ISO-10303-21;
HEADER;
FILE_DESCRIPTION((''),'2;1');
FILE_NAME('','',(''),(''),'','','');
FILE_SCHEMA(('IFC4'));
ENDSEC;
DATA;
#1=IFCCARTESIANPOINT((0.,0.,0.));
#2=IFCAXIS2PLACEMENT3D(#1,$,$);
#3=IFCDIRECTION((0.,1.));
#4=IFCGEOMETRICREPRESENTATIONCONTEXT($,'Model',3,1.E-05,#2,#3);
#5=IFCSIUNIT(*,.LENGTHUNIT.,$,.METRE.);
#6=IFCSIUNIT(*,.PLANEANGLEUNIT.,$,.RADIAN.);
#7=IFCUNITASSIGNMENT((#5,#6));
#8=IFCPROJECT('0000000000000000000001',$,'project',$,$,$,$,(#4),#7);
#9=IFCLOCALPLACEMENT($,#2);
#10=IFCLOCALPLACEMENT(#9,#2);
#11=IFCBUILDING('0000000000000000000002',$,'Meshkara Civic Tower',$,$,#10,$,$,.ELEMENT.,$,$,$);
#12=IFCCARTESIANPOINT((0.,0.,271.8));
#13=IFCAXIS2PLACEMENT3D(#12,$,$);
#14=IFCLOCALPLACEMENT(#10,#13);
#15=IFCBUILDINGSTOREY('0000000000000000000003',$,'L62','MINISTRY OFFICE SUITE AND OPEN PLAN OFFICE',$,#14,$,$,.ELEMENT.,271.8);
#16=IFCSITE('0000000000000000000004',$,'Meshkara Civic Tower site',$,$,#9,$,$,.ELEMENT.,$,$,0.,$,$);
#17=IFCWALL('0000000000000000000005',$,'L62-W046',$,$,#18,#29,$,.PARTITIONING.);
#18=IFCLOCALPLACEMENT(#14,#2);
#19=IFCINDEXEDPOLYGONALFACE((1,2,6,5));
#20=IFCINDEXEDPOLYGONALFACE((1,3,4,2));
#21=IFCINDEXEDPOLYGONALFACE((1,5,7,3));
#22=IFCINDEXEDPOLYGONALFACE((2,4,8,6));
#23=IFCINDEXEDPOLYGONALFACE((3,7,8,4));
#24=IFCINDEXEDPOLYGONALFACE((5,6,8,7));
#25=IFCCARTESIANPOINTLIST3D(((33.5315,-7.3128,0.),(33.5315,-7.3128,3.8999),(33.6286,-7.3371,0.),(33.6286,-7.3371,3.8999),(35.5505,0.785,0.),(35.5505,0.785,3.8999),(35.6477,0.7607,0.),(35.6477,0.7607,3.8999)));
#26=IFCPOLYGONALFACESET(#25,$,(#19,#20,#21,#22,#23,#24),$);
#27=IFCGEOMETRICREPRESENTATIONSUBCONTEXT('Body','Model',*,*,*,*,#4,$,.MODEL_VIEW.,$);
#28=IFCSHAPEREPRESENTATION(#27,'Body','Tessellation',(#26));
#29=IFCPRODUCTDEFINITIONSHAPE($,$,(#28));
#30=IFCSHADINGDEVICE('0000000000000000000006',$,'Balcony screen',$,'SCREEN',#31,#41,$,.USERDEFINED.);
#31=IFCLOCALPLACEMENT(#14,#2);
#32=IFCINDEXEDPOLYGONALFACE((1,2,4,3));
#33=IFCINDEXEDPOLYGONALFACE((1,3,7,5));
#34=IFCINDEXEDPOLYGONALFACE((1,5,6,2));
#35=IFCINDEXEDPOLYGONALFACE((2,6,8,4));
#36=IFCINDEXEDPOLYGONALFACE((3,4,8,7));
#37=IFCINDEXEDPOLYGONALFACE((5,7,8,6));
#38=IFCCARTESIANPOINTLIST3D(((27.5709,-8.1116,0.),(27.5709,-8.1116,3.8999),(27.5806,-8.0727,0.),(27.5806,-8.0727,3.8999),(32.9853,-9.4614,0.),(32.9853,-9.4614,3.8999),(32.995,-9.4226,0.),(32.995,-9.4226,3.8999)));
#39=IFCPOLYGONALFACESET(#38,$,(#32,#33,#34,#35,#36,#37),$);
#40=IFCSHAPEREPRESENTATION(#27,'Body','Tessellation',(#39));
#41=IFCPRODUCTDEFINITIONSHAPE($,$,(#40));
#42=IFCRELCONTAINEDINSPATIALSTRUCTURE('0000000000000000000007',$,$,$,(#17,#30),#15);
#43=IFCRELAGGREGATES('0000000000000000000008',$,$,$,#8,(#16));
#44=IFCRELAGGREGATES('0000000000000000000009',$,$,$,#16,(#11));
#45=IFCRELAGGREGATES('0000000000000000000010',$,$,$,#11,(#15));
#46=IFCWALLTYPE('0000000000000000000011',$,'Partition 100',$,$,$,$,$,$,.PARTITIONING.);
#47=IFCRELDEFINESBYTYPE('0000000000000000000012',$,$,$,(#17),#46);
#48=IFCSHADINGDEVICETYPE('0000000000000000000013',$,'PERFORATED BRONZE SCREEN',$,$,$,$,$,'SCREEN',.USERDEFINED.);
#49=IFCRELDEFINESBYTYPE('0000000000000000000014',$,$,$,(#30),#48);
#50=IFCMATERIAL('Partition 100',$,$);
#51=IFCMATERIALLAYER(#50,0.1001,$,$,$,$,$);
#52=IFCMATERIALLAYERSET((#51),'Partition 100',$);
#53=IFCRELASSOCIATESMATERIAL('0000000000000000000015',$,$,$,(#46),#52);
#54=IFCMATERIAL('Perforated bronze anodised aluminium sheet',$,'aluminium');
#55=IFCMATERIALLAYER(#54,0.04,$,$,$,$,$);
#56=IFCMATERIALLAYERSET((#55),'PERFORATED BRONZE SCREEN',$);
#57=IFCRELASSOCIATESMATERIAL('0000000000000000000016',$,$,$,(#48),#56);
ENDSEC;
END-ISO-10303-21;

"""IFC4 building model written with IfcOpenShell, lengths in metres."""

from ifc_helpers import new_model, si_unit, direction, frame, frame_2d, origin, origin_2d, place, context, subcontext, project, spatial, rectangle, extrude, material, layer, layer_set, type_object, element, save


model = new_model("IFC4")

# Units and contexts
model_context = context("Model", 3, precision=1e-05, world=origin(), true_north=direction((0.0, 1.0)))
body_context = subcontext(model_context, "Body", "Model", "MODEL_VIEW")
ifc_project = project(units=[si_unit("LENGTHUNIT", "METRE"), si_unit("PLANEANGLEUNIT", "RADIAN")], contexts=[model_context])

# Site, building, storey
site_placement = place(None, origin())
site = spatial("IfcSite", under=ifc_project, at=site_placement, Name="Meshkara Civic Tower site", CompositionType="ELEMENT", RefElevation=0.0)
building_placement = place(site_placement, origin())
building = spatial("IfcBuilding", under=site, at=building_placement, Name="Meshkara Civic Tower", CompositionType="ELEMENT")
storey_placement = place(building_placement, frame((0.0, 0.0, 271.8)))
storey = spatial("IfcBuildingStorey", under=building, at=storey_placement, Name="L62", Description="MINISTRY OFFICE SUITE AND OPEN PLAN OFFICE", CompositionType="ELEMENT", Elevation=271.8)

# Wall
ifc_material_1 = material(Name="Partition 100")
ifc_layer_1 = layer(ifc_material_1, 0.1001)
ifc_layer_set_1 = layer_set([ifc_layer_1], Name="Partition 100")
wall_type_1 = type_object("IfcWallType", Name="Partition 100", PredefinedType="PARTITIONING", material=ifc_layer_set_1)
wall_1_placement = place(storey_placement, frame((33.5801, -7.325, 0.0), z_axis=(0.0, 0.0, 1.0), x_axis=(0.241923, 0.970295, 0.0)))
element("IfcWall", 1, at=wall_1_placement, inside=storey, type_object=wall_type_1, Name="L62-W046", PredefinedType="PARTITIONING", context=body_context, shape_type="SweptSolid", body=[
    extrude(rectangle(XDim=8.3457, YDim=0.1001, at=frame_2d((4.1729, 0.0))), origin(), (0.0, 0.0, 1.0), 3.8999),
])

# Shading device
ifc_material_2 = material(Name="Perforated bronze anodised aluminium sheet", Category="aluminium")
ifc_layer_2 = layer(ifc_material_2, 0.04)
ifc_layer_set_2 = layer_set([ifc_layer_2], Name="PERFORATED BRONZE SCREEN")
shading_device_type = type_object("IfcShadingDeviceType", Name="PERFORATED BRONZE SCREEN", ElementType="SCREEN", PredefinedType="USERDEFINED", material=ifc_layer_set_2)
shading_device_placement = place(storey_placement, frame((30.283, -8.7671, 0.0), z_axis=(0.0, 0.0, 1.0), x_axis=(0.9703, -0.241905, 0.0)))
element("IfcShadingDevice", 2, at=shading_device_placement, inside=storey, type_object=shading_device_type, Name="Balcony screen", ObjectType="SCREEN", PredefinedType="USERDEFINED", context=body_context, shape_type="SweptSolid", body=[
    extrude(rectangle(XDim=5.5801, YDim=0.04, at=origin_2d()), origin(), (0.0, 0.0, 1.0), 3.8999),
])

save(model, "model.ifc")
